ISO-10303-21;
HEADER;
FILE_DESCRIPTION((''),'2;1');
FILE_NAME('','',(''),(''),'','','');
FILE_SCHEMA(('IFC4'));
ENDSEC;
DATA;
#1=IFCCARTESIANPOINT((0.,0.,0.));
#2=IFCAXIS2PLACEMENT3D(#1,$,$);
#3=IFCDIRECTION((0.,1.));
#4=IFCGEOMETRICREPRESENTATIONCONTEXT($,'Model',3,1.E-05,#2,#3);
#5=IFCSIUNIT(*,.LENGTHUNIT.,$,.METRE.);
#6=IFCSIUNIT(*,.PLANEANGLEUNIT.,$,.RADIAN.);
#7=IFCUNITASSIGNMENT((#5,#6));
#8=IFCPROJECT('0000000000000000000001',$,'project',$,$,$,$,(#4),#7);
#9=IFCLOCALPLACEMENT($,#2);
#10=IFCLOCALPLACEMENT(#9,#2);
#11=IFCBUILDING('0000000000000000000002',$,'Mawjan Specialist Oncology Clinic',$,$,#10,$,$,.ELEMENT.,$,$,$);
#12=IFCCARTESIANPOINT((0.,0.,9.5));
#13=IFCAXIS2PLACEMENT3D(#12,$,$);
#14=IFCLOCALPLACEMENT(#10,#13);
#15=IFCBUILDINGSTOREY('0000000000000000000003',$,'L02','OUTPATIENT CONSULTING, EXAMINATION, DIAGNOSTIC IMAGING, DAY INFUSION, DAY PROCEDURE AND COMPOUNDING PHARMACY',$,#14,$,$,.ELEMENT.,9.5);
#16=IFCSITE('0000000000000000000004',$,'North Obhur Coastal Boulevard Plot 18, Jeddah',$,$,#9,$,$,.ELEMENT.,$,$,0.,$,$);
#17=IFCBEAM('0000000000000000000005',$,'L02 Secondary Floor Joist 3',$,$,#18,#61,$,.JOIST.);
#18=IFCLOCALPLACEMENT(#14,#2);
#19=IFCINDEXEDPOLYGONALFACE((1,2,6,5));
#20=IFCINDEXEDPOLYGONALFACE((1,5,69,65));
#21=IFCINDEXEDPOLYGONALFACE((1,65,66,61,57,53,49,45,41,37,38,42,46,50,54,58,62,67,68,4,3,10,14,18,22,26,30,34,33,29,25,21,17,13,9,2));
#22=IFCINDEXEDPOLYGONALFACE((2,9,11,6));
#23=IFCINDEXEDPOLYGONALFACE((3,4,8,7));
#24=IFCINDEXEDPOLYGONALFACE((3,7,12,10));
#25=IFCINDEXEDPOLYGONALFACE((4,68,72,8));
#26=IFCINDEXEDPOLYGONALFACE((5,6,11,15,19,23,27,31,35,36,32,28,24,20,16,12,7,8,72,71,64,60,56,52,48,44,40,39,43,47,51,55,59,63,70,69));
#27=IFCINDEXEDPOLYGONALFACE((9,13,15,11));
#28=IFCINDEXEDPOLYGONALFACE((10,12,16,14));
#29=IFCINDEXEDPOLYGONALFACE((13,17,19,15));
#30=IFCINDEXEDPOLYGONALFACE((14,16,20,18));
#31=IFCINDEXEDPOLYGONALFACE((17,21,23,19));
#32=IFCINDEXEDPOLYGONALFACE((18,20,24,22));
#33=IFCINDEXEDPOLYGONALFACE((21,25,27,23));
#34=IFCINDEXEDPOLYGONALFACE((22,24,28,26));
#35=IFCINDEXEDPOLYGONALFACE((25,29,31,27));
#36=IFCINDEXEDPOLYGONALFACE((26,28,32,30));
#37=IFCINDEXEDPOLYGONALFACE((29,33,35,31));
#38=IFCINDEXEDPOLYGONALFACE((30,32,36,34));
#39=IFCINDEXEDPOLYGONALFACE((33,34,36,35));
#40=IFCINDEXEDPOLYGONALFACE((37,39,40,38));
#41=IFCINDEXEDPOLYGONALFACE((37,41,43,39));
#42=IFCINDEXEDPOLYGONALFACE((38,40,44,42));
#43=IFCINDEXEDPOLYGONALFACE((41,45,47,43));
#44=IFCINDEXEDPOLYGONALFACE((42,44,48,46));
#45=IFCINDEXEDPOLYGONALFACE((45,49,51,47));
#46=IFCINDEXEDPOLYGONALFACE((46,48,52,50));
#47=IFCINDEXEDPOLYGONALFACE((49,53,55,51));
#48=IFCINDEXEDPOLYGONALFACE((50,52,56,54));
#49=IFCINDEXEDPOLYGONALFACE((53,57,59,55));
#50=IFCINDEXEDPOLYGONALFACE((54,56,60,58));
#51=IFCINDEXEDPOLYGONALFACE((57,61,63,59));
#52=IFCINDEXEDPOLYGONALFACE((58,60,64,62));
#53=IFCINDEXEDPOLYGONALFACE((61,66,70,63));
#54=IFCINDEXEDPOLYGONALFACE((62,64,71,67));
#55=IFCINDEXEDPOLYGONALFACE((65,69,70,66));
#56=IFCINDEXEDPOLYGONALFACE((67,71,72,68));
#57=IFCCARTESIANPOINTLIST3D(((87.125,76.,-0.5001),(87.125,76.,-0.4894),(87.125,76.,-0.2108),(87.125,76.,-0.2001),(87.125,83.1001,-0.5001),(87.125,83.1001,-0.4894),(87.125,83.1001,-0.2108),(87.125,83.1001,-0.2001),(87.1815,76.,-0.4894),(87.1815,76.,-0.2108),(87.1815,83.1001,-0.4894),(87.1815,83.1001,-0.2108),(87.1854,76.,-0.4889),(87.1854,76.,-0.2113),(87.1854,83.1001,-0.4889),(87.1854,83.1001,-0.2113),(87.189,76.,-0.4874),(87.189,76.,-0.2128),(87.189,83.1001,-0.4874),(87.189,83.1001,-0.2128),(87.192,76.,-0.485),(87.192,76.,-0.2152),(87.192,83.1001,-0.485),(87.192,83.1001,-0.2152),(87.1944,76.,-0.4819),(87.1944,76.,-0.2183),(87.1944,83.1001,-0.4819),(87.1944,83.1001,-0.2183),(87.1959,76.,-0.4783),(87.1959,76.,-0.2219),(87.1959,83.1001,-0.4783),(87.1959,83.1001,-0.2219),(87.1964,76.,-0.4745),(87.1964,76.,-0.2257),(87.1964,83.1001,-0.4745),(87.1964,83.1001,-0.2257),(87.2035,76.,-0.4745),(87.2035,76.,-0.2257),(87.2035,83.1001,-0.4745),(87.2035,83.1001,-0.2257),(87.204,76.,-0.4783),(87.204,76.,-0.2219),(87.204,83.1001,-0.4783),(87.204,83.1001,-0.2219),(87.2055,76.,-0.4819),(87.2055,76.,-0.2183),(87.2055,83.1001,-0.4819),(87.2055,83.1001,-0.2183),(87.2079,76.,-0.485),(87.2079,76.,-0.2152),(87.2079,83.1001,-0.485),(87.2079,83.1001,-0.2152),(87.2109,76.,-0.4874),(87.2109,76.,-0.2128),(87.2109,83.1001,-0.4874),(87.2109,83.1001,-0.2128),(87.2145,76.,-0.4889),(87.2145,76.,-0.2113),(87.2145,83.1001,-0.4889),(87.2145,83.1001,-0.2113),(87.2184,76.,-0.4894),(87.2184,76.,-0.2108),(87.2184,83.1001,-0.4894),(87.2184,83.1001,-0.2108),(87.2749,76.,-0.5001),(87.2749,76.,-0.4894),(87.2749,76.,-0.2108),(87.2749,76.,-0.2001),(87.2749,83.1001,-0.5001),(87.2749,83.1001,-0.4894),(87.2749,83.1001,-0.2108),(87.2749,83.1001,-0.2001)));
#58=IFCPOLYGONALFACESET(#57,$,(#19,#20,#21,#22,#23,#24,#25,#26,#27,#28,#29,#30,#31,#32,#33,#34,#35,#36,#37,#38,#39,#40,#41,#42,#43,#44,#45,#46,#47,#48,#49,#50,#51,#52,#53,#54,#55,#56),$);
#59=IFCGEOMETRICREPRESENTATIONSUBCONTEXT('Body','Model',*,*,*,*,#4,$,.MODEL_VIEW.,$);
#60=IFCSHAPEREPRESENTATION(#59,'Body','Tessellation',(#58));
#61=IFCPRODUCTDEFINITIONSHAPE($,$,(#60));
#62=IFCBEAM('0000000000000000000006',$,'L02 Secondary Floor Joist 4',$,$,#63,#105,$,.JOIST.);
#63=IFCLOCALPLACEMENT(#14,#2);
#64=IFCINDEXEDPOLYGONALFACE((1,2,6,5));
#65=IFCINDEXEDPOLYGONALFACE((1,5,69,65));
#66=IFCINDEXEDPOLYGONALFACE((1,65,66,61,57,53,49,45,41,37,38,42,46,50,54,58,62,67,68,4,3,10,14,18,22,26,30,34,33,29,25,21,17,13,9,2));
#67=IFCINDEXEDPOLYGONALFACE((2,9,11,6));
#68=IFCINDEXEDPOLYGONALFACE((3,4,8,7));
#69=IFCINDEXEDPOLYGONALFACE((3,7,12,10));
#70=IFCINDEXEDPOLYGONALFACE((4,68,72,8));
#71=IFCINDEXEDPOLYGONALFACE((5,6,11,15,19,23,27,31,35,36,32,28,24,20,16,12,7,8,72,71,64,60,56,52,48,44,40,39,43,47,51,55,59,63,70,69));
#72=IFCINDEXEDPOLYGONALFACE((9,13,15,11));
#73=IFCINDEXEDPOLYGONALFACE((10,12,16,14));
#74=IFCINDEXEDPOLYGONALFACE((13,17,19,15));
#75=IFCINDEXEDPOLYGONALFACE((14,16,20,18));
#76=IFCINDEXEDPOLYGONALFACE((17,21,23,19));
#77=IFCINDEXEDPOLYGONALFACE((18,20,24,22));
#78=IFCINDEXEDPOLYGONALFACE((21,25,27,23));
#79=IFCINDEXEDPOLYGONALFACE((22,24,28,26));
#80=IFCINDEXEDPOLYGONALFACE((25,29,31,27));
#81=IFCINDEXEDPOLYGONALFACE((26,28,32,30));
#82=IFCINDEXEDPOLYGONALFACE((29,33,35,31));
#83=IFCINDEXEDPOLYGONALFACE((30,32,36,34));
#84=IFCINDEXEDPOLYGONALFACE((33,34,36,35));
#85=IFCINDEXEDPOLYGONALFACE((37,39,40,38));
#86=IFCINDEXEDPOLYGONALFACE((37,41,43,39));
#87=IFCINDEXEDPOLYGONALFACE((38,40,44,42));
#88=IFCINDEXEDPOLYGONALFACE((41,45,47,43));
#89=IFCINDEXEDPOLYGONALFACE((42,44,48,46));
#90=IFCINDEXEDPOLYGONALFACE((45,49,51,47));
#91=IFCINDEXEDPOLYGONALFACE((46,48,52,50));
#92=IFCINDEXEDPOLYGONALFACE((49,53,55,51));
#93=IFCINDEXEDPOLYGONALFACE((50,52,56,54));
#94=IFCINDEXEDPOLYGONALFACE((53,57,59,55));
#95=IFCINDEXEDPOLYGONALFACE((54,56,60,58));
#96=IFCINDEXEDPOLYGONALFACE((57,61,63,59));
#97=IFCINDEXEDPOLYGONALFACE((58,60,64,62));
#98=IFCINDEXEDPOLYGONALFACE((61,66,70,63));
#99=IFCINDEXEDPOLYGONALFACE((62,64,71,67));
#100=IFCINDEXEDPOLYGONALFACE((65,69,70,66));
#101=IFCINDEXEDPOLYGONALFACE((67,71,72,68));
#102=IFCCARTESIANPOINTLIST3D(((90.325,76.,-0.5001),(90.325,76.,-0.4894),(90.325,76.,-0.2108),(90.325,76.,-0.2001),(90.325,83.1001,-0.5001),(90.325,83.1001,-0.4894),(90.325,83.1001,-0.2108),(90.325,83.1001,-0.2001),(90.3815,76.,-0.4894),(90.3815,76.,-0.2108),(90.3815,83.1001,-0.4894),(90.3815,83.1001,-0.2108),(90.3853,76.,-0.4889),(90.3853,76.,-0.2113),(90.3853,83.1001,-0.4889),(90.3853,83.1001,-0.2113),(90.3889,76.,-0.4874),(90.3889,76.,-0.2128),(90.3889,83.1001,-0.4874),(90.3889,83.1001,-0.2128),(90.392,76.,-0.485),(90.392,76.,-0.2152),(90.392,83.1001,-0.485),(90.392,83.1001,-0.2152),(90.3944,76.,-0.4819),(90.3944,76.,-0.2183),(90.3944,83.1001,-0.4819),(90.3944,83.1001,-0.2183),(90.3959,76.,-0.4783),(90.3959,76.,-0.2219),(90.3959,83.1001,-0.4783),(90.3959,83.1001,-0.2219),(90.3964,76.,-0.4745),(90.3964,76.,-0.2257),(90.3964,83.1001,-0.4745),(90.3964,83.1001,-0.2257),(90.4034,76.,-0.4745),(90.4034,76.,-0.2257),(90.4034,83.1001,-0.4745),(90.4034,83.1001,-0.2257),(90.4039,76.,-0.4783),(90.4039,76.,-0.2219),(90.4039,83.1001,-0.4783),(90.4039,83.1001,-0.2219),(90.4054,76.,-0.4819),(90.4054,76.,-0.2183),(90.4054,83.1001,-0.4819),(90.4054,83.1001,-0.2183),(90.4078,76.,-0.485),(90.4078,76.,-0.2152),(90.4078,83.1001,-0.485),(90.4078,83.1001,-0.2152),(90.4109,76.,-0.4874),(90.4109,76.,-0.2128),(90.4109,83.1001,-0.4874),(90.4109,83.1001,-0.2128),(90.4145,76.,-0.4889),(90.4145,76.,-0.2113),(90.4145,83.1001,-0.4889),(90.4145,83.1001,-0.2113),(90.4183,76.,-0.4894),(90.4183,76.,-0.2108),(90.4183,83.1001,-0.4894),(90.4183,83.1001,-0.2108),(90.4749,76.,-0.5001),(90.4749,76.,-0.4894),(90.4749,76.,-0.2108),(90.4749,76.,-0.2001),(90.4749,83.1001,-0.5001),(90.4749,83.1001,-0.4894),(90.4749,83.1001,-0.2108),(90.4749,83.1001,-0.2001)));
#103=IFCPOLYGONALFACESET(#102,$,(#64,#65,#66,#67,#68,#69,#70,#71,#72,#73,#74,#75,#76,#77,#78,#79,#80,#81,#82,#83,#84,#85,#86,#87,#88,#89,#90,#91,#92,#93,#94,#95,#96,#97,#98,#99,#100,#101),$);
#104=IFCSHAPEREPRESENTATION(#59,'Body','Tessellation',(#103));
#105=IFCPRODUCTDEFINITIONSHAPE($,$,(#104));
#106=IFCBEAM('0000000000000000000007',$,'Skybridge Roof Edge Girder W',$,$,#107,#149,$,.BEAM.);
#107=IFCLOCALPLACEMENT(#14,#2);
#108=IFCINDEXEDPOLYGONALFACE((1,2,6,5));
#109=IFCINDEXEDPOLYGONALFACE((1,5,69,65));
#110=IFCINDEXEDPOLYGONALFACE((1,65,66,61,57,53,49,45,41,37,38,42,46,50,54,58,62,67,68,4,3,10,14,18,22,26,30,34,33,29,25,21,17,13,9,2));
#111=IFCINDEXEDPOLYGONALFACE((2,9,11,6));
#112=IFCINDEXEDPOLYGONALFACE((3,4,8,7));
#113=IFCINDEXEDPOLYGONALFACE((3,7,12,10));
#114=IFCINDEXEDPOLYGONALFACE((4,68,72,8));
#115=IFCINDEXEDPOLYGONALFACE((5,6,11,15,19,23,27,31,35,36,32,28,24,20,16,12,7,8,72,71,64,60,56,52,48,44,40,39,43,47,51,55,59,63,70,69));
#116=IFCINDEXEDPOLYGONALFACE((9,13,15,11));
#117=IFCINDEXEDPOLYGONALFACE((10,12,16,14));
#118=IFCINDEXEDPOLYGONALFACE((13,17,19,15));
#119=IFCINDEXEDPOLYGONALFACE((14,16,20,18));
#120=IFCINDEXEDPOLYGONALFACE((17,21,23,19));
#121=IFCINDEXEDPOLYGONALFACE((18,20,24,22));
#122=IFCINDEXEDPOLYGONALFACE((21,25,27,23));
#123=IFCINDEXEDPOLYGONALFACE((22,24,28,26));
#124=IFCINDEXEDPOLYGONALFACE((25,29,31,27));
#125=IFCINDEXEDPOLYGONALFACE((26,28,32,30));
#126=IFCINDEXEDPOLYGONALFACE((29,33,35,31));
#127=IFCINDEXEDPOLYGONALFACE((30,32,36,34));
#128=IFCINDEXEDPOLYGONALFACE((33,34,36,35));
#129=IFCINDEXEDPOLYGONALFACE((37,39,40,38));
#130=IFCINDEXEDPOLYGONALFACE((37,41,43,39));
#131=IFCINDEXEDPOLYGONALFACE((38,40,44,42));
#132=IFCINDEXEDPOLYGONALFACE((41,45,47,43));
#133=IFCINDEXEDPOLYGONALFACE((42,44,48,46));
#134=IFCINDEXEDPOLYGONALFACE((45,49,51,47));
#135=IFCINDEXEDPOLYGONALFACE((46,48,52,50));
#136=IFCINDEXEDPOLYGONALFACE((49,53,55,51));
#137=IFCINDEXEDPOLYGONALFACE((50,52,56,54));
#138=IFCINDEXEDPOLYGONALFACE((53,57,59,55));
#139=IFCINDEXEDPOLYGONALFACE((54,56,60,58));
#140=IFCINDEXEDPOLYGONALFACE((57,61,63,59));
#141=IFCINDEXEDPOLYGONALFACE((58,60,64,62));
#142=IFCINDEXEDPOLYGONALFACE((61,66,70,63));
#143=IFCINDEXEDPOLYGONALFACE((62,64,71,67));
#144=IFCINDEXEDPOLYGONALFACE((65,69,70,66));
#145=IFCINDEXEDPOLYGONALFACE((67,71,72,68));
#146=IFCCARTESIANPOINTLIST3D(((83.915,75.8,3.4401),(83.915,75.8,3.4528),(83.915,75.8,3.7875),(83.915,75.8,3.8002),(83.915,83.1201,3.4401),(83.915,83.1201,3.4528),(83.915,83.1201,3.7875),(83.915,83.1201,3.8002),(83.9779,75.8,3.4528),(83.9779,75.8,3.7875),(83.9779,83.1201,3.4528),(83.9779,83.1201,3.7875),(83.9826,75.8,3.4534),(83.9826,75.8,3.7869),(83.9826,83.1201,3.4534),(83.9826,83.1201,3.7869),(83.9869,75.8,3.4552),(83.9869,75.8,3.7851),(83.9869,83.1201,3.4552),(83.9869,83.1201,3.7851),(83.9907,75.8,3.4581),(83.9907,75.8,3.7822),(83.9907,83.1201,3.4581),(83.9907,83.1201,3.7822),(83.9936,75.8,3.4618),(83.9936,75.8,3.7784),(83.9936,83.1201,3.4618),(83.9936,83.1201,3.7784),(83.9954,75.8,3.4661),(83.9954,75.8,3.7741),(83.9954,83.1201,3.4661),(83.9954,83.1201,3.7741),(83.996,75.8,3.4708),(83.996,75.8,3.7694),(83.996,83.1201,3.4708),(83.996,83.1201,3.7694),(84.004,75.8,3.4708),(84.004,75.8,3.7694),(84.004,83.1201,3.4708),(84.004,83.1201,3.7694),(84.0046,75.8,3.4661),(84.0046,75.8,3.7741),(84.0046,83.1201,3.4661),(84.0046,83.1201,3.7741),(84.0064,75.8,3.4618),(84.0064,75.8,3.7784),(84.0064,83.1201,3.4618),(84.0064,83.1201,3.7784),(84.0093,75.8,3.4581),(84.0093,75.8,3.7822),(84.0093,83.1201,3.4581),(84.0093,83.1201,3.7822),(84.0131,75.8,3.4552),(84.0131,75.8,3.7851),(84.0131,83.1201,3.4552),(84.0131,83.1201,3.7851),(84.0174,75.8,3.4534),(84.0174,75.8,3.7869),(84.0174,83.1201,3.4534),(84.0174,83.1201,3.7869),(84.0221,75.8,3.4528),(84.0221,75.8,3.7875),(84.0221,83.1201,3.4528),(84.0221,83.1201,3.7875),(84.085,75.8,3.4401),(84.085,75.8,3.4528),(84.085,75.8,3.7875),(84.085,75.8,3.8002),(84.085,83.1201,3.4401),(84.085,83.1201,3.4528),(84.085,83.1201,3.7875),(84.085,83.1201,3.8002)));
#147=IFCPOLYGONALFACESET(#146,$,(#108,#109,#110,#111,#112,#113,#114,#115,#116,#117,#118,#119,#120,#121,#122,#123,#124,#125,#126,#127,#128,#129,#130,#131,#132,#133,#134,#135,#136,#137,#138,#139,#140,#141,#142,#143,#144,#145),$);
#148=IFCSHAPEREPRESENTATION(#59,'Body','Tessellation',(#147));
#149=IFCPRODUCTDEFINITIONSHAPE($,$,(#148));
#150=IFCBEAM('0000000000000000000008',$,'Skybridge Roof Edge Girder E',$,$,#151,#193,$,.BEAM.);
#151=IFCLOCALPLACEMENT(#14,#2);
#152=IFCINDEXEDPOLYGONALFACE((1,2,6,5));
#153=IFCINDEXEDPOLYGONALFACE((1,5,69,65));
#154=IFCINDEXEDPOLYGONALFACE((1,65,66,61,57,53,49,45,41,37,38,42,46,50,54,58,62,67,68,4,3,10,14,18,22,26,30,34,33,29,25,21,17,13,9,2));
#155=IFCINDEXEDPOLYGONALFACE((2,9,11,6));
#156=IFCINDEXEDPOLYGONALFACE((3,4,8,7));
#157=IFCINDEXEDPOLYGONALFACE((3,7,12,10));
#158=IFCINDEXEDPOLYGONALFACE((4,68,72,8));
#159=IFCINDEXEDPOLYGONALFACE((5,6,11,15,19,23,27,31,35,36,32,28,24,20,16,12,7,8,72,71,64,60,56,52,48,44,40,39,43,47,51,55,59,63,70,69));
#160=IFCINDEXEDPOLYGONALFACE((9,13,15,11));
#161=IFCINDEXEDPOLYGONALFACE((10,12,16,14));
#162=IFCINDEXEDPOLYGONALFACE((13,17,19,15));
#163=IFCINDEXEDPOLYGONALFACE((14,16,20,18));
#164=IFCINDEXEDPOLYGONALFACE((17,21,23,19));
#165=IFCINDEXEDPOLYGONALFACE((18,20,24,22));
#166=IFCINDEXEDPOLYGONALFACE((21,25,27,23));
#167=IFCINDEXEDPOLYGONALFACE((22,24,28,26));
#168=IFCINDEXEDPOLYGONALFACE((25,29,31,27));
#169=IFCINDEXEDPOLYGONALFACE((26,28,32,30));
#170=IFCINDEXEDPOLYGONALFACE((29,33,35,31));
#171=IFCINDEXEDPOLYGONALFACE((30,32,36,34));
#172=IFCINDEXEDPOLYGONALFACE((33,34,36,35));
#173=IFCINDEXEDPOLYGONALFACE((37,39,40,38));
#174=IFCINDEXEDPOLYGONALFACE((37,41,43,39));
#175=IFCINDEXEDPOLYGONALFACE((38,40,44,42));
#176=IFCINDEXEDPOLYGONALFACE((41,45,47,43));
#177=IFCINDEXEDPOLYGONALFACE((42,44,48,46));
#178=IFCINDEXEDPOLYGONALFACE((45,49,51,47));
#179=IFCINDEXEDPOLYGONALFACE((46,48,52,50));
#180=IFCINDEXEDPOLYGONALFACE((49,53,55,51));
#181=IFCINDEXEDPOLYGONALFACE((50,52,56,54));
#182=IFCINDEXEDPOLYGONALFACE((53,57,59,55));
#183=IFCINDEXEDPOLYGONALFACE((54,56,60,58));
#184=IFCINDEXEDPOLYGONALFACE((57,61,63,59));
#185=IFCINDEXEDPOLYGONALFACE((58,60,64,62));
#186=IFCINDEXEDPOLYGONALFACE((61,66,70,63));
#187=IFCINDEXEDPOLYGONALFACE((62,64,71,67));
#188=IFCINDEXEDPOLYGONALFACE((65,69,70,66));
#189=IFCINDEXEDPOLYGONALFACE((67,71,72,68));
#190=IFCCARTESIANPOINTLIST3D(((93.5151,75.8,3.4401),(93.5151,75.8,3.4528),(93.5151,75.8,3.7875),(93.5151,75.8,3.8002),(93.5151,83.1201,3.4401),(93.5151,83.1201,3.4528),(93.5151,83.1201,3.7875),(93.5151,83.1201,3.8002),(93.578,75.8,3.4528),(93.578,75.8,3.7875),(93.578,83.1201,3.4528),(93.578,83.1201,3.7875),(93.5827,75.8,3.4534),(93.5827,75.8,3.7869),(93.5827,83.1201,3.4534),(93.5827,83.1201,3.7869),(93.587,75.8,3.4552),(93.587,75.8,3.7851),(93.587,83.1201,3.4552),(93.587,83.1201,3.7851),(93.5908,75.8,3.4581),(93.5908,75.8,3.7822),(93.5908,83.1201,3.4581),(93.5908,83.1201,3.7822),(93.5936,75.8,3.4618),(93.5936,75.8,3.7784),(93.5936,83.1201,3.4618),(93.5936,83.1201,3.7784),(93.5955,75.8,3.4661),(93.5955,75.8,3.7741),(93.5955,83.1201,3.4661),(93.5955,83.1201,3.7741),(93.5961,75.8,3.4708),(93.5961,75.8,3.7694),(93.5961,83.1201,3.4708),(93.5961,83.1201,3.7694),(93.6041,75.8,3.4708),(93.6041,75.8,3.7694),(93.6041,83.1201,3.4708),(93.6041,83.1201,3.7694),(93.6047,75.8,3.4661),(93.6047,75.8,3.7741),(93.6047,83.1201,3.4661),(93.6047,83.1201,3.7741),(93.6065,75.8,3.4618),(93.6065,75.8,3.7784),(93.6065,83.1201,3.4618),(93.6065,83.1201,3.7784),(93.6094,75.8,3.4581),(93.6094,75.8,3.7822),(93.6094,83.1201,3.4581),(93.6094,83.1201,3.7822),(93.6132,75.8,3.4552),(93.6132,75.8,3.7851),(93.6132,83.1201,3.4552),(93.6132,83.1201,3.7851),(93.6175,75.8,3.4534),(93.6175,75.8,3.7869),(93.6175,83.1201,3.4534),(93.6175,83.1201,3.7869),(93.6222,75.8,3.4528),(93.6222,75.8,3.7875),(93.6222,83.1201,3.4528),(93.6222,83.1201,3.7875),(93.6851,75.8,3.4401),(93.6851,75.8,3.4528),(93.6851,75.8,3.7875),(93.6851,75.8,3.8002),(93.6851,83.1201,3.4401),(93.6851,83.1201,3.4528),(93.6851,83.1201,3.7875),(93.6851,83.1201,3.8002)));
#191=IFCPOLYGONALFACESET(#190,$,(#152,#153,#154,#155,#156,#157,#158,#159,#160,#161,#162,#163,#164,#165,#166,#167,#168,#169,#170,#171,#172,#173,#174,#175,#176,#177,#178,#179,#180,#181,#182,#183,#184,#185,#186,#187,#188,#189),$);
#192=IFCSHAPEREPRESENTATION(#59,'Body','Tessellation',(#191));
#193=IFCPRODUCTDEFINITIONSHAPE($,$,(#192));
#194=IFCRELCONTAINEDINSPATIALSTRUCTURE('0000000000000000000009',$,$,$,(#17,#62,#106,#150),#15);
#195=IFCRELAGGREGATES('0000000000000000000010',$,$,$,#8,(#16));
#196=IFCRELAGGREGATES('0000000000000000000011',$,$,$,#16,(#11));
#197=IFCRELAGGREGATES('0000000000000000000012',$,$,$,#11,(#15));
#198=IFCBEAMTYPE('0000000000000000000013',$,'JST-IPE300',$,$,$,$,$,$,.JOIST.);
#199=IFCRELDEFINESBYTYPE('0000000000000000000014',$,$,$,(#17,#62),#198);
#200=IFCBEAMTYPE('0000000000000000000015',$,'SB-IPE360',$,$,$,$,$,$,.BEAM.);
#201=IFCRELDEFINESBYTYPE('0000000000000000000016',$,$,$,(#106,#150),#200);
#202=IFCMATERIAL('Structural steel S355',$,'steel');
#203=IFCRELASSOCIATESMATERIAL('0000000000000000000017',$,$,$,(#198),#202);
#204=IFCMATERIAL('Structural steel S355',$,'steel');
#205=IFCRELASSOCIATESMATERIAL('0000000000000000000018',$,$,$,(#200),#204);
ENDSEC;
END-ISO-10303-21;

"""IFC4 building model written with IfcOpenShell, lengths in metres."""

from ifc_helpers import new_model, si_unit, direction, frame, origin, origin_2d, place, context, subcontext, project, spatial, i_section, extrude, material, material_profile, profile_set, type_object, element, save


model = new_model("IFC4")

# Units and contexts
model_context = context("Model", 3, precision=1e-05, world=origin(), true_north=direction((0.0, 1.0)))
body_context = subcontext(model_context, "Body", "Model", "MODEL_VIEW")
ifc_project = project(units=[si_unit("LENGTHUNIT", "METRE"), si_unit("PLANEANGLEUNIT", "RADIAN")], contexts=[model_context])

# Site, building, storey
site_placement = place(None, origin())
site = spatial("IfcSite", under=ifc_project, at=site_placement, Name="North Obhur Coastal Boulevard Plot 18, Jeddah", CompositionType="ELEMENT", RefElevation=0.0)
building_placement = place(site_placement, origin())
building = spatial("IfcBuilding", under=site, at=building_placement, Name="Mawjan Specialist Oncology Clinic", CompositionType="ELEMENT")
storey_placement = place(building_placement, frame((0.0, 0.0, 9.5)))
storey = spatial("IfcBuildingStorey", under=building, at=storey_placement, Name="L02", Description="OUTPATIENT CONSULTING, EXAMINATION, DIAGNOSTIC IMAGING, DAY INFUSION, DAY PROCEDURE AND COMPOUNDING PHARMACY", CompositionType="ELEMENT", Elevation=9.5)

# Beams
ifc_material_1 = material(Name="Structural steel S355", Category="steel")
ifc_material_profile_1 = material_profile(ifc_material_1, i_section(OverallWidth=0.1499, OverallDepth=0.3, WebThickness=0.0071, FlangeThickness=0.0107, FilletRadius=0.0149, at=origin_2d()), Name="IPE 300", Category="steel")
ifc_profile_set_1 = profile_set([ifc_material_profile_1], Name="Structural steel S355")
beam_type_1 = type_object("IfcBeamType", Name="JST-IPE300", PredefinedType="JOIST", material=ifc_profile_set_1)
for number, where, z_axis, x_axis, name in (
    (1, (87.2, 76.0, -0.3501), (0.0, 1.0, 0.0), (-1.0, 0.0, 0.0), "L02 Secondary Floor Joist 3"),
    (2, (90.3999, 76.0, -0.3501), (0.0, 1.0, 0.0), (-1.0, 0.0, 0.0), "L02 Secondary Floor Joist 4"),
):
    element("IfcBeam", number, at=place(storey_placement, frame(where, z_axis=z_axis, x_axis=x_axis)), inside=storey, type_object=beam_type_1, Name=name, PredefinedType="JOIST", context=body_context, shape_type="SweptSolid", body=[
        extrude(i_section(OverallWidth=0.1499, OverallDepth=0.3, WebThickness=0.0071, FlangeThickness=0.0107, FilletRadius=0.0149, at=origin_2d()), origin(), (0.0, 0.0, 1.0), 7.1001),
    ])
ifc_material_2 = material(Name="Structural steel S355", Category="steel")
ifc_material_profile_2 = material_profile(ifc_material_2, i_section(OverallWidth=0.1699, OverallDepth=0.3601, WebThickness=0.0081, FlangeThickness=0.0127, FilletRadius=0.0181, at=origin_2d()), Name="IPE 360", Category="steel")
ifc_profile_set_2 = profile_set([ifc_material_profile_2], Name="Structural steel S355")
beam_type_2 = type_object("IfcBeamType", Name="SB-IPE360", PredefinedType="BEAM", material=ifc_profile_set_2)
for number, where, z_axis, x_axis, name in (
    (3, (84.0, 75.8, 3.6201), (0.0, 1.0, 0.0), (-1.0, 0.0, 0.0), "Skybridge Roof Edge Girder W"),
    (4, (93.6001, 75.8, 3.6201), (0.0, 1.0, 0.0), (-1.0, 0.0, 0.0), "Skybridge Roof Edge Girder E"),
):
    element("IfcBeam", number, at=place(storey_placement, frame(where, z_axis=z_axis, x_axis=x_axis)), inside=storey, type_object=beam_type_2, Name=name, PredefinedType="BEAM", context=body_context, shape_type="SweptSolid", body=[
        extrude(i_section(OverallWidth=0.1699, OverallDepth=0.3601, WebThickness=0.0081, FlangeThickness=0.0127, FilletRadius=0.0181, at=origin_2d()), origin(), (0.0, 0.0, 1.0), 7.3201),
    ])

save(model, "model.ifc")
